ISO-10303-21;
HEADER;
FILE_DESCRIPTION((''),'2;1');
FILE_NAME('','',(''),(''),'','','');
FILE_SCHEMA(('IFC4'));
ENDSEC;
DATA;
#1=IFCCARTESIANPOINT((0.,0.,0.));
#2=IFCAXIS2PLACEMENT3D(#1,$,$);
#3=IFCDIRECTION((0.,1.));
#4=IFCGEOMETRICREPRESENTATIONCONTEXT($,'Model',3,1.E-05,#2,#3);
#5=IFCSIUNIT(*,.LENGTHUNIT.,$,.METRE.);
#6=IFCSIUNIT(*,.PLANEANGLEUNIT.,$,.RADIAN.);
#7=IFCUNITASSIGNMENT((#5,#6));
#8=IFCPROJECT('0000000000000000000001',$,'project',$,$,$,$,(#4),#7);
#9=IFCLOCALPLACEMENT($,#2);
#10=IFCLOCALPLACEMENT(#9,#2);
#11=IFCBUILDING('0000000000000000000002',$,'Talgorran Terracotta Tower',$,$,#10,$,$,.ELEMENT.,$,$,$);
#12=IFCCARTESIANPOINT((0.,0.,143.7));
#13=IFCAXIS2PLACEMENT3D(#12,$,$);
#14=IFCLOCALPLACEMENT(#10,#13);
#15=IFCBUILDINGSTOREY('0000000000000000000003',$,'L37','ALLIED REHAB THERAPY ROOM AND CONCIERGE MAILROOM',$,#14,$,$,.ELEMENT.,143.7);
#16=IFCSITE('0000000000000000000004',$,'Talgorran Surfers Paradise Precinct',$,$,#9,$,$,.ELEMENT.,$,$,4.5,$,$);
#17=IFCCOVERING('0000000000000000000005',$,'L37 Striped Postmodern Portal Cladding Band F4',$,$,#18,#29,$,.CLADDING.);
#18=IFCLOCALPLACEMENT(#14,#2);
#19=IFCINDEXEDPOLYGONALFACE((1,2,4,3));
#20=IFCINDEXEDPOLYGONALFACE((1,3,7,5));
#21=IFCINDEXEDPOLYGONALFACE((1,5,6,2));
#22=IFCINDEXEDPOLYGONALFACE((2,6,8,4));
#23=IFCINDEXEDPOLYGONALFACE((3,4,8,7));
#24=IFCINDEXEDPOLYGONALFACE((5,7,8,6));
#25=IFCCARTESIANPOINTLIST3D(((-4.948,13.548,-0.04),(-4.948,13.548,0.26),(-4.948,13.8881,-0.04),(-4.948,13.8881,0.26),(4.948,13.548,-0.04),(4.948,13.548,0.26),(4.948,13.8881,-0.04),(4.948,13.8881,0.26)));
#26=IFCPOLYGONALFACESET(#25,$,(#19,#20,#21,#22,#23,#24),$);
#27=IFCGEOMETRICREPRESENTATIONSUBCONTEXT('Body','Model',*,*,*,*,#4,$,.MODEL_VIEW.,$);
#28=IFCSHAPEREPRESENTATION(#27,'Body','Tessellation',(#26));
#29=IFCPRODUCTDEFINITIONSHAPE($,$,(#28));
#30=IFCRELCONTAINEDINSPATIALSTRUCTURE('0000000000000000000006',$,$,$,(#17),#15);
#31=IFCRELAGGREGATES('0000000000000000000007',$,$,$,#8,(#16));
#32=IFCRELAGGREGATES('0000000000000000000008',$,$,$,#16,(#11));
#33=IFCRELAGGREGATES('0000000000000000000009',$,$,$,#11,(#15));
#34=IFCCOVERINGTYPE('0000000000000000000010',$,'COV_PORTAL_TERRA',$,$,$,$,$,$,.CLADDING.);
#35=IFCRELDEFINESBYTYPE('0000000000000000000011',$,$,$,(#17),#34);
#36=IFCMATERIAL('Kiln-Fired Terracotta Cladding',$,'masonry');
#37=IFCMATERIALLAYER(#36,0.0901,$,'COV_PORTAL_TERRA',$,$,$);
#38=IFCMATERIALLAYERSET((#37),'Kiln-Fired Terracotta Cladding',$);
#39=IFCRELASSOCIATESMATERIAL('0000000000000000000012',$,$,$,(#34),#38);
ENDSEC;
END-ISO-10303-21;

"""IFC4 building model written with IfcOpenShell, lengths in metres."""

from ifc_helpers import new_model, si_unit, direction, frame, origin, origin_2d, place, context, subcontext, project, spatial, rectangle, extrude, material, layer, layer_set, type_object, element, save


model = new_model("IFC4")

# Units and contexts
model_context = context("Model", 3, precision=1e-05, world=origin(), true_north=direction((0.0, 1.0)))
body_context = subcontext(model_context, "Body", "Model", "MODEL_VIEW")
ifc_project = project(units=[si_unit("LENGTHUNIT", "METRE"), si_unit("PLANEANGLEUNIT", "RADIAN")], contexts=[model_context])

# Site, building, storey
site_placement = place(None, origin())
site = spatial("IfcSite", under=ifc_project, at=site_placement, Name="Talgorran Surfers Paradise Precinct", CompositionType="ELEMENT", RefElevation=4.5)
building_placement = place(site_placement, origin())
building = spatial("IfcBuilding", under=site, at=building_placement, Name="Talgorran Terracotta Tower", CompositionType="ELEMENT")
storey_placement = place(building_placement, frame((0.0, 0.0, 143.7)))
storey = spatial("IfcBuildingStorey", under=building, at=storey_placement, Name="L37", Description="ALLIED REHAB THERAPY ROOM AND CONCIERGE MAILROOM", CompositionType="ELEMENT", Elevation=143.7)

# Covering
ifc_material_1 = material(Name="Kiln-Fired Terracotta Cladding", Category="masonry")
ifc_layer_1 = layer(ifc_material_1, 0.0901, Name="COV_PORTAL_TERRA")
ifc_layer_set_1 = layer_set([ifc_layer_1], Name="Kiln-Fired Terracotta Cladding")
covering_type_1 = type_object("IfcCoveringType", Name="COV_PORTAL_TERRA", PredefinedType="CLADDING", material=ifc_layer_set_1)
covering_1_placement = place(storey_placement, frame((0.0, 13.718, -0.04), z_axis=(0.0, 0.0, 1.0), x_axis=(-1.0, 0.0, 0.0)))
element("IfcCovering", 1, at=covering_1_placement, inside=storey, type_object=covering_type_1, Name="L37 Striped Postmodern Portal Cladding Band F4", PredefinedType="CLADDING", context=body_context, shape_type="SweptSolid", body=[
    extrude(rectangle(XDim=9.896, YDim=0.3401, at=origin_2d()), origin(), (0.0, 0.0, 1.0), 0.3),
])

save(model, "model.ifc")
